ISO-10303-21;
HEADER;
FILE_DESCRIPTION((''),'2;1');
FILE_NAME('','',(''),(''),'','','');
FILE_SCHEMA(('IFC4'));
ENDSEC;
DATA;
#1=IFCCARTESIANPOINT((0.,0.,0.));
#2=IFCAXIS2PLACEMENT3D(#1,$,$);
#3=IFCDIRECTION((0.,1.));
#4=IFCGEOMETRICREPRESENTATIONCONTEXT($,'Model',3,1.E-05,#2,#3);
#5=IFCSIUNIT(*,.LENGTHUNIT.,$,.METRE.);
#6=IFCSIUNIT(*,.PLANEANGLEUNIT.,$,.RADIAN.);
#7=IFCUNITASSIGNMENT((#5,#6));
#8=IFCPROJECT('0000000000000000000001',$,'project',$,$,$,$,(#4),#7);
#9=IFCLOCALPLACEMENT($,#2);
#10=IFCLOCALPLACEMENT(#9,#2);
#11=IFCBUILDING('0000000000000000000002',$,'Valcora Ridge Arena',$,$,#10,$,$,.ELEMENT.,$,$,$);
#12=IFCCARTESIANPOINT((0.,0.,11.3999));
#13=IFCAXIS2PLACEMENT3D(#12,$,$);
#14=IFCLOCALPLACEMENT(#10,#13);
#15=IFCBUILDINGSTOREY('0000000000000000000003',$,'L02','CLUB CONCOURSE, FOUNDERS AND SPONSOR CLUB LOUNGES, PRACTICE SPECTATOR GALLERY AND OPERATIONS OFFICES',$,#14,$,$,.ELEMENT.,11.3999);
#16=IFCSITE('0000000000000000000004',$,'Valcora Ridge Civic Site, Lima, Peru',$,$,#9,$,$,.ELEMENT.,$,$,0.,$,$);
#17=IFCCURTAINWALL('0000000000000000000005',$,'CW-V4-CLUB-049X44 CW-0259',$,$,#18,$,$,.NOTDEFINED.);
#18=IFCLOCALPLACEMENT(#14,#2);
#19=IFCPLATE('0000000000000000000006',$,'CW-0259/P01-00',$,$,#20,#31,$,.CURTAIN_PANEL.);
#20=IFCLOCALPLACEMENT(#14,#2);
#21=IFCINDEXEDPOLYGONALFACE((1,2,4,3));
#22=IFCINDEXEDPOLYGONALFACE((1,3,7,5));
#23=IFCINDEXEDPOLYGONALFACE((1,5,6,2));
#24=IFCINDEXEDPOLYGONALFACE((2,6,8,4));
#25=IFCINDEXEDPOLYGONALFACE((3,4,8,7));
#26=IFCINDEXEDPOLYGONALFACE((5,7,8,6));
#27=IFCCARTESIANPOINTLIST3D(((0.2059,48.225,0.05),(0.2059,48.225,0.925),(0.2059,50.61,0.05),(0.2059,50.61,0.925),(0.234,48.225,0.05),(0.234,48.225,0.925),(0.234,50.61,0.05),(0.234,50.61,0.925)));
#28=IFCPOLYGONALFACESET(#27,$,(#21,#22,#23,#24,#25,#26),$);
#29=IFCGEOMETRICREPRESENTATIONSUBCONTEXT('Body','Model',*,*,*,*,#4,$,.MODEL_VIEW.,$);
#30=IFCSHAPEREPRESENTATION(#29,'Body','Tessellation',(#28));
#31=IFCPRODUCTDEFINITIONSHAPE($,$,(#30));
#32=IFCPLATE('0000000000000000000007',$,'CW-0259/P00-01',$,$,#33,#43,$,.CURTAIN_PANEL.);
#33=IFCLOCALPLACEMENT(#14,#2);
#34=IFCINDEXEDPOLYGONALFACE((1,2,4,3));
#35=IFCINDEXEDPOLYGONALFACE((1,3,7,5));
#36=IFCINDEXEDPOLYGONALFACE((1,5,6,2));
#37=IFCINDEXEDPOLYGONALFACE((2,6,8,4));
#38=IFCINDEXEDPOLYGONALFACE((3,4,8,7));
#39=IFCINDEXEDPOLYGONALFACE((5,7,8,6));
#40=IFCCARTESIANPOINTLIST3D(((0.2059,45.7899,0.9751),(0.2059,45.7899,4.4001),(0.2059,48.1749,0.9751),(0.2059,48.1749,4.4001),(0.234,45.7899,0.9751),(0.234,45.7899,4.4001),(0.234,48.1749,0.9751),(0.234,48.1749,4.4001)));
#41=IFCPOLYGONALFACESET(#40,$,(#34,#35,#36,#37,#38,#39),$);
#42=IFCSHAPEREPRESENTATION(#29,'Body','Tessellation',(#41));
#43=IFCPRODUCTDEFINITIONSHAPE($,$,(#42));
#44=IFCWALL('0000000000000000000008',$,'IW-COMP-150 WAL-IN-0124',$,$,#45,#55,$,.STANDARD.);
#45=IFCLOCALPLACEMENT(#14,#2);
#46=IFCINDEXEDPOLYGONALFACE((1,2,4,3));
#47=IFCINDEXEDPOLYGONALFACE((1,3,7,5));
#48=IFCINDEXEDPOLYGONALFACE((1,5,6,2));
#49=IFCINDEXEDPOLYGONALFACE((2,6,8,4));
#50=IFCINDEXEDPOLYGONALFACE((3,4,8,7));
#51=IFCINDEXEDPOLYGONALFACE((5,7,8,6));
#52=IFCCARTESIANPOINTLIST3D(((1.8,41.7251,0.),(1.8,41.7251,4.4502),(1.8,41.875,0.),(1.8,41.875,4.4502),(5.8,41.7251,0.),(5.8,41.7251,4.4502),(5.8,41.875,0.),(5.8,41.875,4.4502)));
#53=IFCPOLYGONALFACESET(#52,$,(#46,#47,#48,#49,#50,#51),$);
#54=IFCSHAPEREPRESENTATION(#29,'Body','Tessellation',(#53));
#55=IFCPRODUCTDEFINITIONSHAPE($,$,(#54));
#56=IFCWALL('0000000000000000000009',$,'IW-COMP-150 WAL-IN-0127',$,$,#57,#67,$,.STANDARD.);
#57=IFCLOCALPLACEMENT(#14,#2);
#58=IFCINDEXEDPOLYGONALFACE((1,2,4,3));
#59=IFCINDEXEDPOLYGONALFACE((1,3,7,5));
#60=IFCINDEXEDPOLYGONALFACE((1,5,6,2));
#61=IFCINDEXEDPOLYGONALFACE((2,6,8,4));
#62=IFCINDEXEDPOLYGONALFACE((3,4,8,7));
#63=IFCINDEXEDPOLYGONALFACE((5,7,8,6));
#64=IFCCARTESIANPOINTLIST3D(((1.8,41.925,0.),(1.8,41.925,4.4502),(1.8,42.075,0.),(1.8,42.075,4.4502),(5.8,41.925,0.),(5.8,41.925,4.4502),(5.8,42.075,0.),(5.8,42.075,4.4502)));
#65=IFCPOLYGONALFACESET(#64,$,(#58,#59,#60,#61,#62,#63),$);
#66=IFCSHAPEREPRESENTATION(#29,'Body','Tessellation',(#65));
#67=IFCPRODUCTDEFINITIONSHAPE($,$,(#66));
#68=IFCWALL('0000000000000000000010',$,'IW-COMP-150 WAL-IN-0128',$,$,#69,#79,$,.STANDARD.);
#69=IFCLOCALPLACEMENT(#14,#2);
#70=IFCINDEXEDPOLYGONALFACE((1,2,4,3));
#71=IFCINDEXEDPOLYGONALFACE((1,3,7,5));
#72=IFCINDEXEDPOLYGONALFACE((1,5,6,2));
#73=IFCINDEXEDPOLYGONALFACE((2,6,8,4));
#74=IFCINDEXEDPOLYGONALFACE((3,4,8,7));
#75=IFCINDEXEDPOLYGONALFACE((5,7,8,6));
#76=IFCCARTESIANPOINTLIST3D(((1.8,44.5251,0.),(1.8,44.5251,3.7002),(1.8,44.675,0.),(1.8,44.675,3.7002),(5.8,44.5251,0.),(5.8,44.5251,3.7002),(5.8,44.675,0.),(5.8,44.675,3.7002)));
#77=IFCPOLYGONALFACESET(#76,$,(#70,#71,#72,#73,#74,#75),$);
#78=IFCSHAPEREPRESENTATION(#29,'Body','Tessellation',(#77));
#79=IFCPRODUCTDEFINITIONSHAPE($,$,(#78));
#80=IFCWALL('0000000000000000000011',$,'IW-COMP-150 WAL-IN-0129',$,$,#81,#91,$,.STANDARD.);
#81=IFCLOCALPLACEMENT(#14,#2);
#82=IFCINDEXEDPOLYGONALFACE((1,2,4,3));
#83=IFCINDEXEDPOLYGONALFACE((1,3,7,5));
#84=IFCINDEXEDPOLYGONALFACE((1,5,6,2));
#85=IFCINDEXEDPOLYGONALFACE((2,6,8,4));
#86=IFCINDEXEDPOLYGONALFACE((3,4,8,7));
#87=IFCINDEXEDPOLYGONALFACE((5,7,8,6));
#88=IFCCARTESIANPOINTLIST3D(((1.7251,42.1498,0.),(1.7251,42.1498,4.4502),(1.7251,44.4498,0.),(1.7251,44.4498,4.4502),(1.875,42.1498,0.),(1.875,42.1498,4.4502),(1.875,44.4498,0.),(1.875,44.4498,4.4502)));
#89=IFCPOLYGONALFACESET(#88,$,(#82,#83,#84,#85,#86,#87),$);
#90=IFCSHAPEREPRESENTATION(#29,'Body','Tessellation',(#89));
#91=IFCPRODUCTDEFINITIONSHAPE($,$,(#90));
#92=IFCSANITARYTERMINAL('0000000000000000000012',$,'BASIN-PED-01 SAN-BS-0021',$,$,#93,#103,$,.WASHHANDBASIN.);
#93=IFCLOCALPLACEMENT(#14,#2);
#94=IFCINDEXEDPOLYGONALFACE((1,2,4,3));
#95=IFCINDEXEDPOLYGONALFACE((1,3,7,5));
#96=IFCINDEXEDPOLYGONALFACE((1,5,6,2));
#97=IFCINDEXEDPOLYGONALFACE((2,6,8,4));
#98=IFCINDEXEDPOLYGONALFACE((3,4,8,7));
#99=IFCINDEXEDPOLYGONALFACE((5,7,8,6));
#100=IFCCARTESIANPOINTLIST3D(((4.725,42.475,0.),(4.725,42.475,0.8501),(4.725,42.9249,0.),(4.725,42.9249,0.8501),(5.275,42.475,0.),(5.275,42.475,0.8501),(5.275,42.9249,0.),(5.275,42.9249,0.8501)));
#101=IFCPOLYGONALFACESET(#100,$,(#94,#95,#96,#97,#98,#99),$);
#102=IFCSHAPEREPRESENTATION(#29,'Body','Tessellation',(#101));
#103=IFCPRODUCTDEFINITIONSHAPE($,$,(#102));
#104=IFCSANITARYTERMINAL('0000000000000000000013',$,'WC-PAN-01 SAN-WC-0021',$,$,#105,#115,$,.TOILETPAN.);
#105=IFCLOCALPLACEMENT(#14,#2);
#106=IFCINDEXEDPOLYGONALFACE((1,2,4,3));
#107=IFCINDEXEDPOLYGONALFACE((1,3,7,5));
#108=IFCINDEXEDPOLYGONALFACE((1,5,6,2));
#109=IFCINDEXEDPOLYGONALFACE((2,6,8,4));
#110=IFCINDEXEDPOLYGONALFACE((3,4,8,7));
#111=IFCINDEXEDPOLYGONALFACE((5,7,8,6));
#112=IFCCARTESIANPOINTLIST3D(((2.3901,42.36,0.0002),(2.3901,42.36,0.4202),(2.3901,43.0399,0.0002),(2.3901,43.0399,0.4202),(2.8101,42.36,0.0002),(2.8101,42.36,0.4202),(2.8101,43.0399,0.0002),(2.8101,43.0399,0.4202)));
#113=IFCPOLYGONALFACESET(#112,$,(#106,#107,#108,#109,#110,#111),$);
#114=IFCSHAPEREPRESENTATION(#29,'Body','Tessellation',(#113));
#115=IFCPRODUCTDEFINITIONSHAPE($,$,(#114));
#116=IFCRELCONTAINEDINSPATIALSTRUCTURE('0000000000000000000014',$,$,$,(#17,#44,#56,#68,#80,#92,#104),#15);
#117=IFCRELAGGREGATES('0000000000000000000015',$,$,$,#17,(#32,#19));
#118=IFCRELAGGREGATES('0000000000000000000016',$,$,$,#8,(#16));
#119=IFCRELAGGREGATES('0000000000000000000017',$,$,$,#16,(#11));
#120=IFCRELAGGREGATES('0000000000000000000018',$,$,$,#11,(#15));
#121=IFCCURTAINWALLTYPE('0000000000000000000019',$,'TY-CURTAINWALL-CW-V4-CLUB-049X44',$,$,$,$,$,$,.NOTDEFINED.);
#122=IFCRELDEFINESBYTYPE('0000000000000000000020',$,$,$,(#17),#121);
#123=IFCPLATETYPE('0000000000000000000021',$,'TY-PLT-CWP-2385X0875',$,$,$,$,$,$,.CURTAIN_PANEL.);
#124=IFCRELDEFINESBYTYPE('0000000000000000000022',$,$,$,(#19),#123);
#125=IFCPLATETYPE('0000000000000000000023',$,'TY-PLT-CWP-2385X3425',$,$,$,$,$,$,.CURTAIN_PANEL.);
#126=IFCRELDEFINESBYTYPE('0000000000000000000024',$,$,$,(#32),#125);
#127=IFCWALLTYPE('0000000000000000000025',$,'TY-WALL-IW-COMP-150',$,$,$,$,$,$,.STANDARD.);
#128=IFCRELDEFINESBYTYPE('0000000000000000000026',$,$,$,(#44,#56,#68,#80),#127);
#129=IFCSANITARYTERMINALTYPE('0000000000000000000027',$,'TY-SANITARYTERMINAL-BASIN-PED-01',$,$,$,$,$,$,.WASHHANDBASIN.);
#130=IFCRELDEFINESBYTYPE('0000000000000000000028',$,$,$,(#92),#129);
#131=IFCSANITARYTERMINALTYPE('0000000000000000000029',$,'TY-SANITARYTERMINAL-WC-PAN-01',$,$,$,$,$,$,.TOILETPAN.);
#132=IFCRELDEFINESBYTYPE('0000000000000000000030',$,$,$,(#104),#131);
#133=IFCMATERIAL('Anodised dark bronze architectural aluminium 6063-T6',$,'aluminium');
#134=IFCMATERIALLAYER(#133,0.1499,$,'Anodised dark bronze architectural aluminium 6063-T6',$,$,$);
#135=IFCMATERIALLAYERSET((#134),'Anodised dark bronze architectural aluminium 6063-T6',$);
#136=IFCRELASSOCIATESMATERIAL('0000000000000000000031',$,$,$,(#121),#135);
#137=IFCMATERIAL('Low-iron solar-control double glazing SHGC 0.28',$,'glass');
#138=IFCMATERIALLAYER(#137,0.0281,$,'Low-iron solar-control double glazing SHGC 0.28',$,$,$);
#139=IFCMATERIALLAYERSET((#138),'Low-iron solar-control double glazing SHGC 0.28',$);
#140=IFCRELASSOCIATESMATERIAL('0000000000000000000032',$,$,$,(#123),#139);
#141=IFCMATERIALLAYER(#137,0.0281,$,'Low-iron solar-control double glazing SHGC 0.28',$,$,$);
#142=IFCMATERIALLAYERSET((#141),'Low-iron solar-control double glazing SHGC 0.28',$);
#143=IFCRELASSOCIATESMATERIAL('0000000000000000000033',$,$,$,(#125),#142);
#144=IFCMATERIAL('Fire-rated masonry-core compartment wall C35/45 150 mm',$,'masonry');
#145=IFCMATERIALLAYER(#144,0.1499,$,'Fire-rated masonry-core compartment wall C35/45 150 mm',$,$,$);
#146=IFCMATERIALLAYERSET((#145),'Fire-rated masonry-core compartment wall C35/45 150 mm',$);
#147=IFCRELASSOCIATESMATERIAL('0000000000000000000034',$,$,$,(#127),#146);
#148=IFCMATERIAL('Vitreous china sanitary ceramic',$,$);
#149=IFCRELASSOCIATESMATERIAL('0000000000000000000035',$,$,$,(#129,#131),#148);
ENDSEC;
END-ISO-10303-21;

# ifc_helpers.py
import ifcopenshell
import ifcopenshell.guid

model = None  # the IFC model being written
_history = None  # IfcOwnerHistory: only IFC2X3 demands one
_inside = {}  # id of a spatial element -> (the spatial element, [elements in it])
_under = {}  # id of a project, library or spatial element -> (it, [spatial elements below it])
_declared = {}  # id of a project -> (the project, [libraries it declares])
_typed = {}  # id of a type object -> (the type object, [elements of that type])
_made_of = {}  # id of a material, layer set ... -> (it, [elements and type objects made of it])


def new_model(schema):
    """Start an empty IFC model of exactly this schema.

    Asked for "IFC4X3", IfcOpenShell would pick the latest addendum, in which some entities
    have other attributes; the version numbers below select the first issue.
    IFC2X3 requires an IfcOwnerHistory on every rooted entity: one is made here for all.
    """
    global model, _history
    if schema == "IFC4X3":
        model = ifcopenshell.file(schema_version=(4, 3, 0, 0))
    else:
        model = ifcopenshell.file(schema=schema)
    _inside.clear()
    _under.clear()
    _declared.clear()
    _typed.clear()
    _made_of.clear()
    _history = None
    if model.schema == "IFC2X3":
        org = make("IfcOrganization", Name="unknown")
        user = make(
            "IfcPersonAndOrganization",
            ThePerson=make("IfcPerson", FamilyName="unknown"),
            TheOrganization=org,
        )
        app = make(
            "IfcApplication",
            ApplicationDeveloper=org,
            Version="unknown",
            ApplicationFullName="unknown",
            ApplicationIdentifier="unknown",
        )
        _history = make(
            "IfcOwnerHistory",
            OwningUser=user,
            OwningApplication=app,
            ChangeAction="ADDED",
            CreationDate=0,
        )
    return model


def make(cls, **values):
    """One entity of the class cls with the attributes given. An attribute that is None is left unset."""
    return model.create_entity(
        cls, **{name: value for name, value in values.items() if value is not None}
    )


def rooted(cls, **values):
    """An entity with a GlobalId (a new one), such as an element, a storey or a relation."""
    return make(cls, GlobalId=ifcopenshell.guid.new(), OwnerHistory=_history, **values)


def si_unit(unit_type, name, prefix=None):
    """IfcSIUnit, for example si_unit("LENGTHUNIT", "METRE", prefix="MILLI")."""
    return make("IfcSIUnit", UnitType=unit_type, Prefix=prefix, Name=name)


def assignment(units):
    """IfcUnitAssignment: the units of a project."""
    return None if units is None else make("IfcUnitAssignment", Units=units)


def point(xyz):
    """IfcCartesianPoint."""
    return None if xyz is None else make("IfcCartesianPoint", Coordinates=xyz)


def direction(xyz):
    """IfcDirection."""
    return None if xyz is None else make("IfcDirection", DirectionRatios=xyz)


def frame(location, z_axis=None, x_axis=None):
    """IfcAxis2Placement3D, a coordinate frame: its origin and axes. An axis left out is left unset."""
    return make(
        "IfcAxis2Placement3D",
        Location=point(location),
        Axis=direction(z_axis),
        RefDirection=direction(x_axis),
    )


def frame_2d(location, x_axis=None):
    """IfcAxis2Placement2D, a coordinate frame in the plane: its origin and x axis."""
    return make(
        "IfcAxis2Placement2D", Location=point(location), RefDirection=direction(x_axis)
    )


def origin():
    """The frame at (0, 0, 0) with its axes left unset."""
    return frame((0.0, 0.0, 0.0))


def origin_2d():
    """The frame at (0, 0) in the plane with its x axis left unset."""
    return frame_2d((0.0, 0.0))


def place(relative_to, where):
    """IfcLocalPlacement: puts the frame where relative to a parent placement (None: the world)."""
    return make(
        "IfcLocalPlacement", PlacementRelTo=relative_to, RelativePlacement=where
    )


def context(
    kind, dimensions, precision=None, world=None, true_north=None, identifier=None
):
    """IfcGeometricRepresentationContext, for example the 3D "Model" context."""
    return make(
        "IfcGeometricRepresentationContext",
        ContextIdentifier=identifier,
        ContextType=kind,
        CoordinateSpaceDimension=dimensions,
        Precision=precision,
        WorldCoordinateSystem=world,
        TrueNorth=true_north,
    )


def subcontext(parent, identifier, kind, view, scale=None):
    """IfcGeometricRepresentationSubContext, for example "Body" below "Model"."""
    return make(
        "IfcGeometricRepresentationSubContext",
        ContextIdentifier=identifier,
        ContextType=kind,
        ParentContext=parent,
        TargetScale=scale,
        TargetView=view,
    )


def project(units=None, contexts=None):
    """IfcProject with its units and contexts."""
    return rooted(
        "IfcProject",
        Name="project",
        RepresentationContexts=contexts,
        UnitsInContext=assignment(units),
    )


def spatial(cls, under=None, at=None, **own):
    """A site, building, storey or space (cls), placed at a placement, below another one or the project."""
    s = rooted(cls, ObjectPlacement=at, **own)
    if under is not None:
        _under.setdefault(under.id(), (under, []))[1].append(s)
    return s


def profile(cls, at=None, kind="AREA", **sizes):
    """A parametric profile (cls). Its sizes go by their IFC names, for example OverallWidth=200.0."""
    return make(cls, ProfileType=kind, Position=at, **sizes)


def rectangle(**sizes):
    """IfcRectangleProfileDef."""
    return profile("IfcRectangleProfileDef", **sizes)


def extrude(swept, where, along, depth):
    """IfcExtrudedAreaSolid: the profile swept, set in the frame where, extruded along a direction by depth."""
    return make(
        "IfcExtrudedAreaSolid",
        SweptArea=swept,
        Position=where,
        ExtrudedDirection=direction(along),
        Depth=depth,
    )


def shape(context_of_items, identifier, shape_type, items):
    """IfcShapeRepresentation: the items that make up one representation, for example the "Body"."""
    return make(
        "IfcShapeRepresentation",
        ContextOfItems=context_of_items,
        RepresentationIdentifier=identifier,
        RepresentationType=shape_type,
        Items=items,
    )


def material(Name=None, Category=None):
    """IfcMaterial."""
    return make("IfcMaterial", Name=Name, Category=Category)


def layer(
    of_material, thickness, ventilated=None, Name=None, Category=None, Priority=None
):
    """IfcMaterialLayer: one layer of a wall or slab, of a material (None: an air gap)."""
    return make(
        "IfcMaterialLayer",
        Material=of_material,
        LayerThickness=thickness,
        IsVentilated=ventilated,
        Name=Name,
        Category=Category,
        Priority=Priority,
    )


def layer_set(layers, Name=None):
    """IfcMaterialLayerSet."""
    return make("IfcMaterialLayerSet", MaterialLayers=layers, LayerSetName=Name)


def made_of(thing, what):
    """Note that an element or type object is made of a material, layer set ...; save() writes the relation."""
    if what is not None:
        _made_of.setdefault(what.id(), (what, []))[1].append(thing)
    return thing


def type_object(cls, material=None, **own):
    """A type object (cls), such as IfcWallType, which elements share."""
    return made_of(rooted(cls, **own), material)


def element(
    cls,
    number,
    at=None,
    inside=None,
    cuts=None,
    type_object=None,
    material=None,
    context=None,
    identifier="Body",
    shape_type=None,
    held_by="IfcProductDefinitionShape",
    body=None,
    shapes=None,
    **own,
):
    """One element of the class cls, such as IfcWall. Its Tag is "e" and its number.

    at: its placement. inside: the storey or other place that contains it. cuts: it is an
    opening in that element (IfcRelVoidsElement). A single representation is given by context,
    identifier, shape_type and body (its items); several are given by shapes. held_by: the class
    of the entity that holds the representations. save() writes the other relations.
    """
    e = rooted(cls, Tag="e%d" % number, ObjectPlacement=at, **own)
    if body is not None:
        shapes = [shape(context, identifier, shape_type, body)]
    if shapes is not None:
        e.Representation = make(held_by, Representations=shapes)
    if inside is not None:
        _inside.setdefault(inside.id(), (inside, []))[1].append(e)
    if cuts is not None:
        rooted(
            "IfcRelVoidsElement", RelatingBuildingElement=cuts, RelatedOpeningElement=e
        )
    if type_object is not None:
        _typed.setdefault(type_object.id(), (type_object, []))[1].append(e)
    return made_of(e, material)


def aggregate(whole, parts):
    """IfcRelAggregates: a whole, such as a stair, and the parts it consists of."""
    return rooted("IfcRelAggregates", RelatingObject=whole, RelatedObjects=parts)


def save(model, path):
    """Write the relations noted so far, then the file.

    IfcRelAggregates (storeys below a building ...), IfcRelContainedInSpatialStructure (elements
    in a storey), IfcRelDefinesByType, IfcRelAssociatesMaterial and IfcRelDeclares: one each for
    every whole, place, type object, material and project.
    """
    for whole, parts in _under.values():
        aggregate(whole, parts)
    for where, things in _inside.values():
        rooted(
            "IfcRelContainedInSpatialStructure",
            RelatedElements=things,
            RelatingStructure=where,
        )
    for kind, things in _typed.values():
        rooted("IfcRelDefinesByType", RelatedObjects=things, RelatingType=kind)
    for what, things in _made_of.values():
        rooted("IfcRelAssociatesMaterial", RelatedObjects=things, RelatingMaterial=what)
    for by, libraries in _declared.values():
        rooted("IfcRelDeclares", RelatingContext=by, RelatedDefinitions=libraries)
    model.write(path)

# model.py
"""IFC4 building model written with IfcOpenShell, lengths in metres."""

from ifc_helpers import new_model, si_unit, direction, frame, frame_2d, origin, origin_2d, place, context, subcontext, project, spatial, rectangle, extrude, material, layer, layer_set, type_object, element, aggregate, save


model = new_model("IFC4")

# Units and contexts
model_context = context("Model", 3, precision=1e-05, world=origin(), true_north=direction((0.0, 1.0)))
body_context = subcontext(model_context, "Body", "Model", "MODEL_VIEW")
ifc_project = project(units=[si_unit("LENGTHUNIT", "METRE"), si_unit("PLANEANGLEUNIT", "RADIAN")], contexts=[model_context])

# Site, building, storey
site_placement = place(None, origin())
site = spatial("IfcSite", under=ifc_project, at=site_placement, Name="Valcora Ridge Civic Site, Lima, Peru", CompositionType="ELEMENT", RefElevation=0.0)
building_placement = place(site_placement, origin())
building = spatial("IfcBuilding", under=site, at=building_placement, Name="Valcora Ridge Arena", CompositionType="ELEMENT")
storey_placement = place(building_placement, frame((0.0, 0.0, 11.3999)))
storey = spatial("IfcBuildingStorey", under=building, at=storey_placement, Name="L02", Description="CLUB CONCOURSE, FOUNDERS AND SPONSOR CLUB LOUNGES, PRACTICE SPECTATOR GALLERY AND OPERATIONS OFFICES", CompositionType="ELEMENT", Elevation=11.3999)

# Curtain wall
ifc_material_1 = material(Name="Anodised dark bronze architectural aluminium 6063-T6", Category="aluminium")
ifc_layer_1 = layer(ifc_material_1, 0.1499, Name="Anodised dark bronze architectural aluminium 6063-T6")
ifc_layer_set_1 = layer_set([ifc_layer_1], Name="Anodised dark bronze architectural aluminium 6063-T6")
curtain_wall_type_1 = type_object("IfcCurtainWallType", Name="TY-CURTAINWALL-CW-V4-CLUB-049X44", PredefinedType="NOTDEFINED", material=ifc_layer_set_1)
curtain_wall_1_placement = place(storey_placement, origin())
curtain_wall_1 = element("IfcCurtainWall", 1, at=curtain_wall_1_placement, inside=storey, type_object=curtain_wall_type_1, Name="CW-V4-CLUB-049X44 CW-0259", PredefinedType="NOTDEFINED")

# Plates
ifc_material_2 = material(Name="Low-iron solar-control double glazing SHGC 0.28", Category="glass")
ifc_layer_2 = layer(ifc_material_2, 0.0281, Name="Low-iron solar-control double glazing SHGC 0.28")
ifc_layer_set_2 = layer_set([ifc_layer_2], Name="Low-iron solar-control double glazing SHGC 0.28")
plate_type_1 = type_object("IfcPlateType", Name="TY-PLT-CWP-2385X0875", PredefinedType="CURTAIN_PANEL", material=ifc_layer_set_2)
plate_1_placement = place(storey_placement, frame((0.22, 49.4175, 0.05), z_axis=(0.0, 0.0, 1.0), x_axis=(0.0, 1.0, 0.0)))
plate_1 = element("IfcPlate", 2, at=plate_1_placement, type_object=plate_type_1, Name="CW-0259/P01-00", PredefinedType="CURTAIN_PANEL", context=body_context, shape_type="SweptSolid", body=[
    extrude(rectangle(XDim=2.385, YDim=0.0281, at=origin_2d()), origin(), (0.0, 0.0, 1.0), 0.875),
])
ifc_layer_3 = layer(ifc_material_2, 0.0281, Name="Low-iron solar-control double glazing SHGC 0.28")
ifc_layer_set_3 = layer_set([ifc_layer_3], Name="Low-iron solar-control double glazing SHGC 0.28")
plate_type_2 = type_object("IfcPlateType", Name="TY-PLT-CWP-2385X3425", PredefinedType="CURTAIN_PANEL", material=ifc_layer_set_3)
plate_2_placement = place(storey_placement, frame((0.22, 46.9824, 0.9751), z_axis=(0.0, 0.0, 1.0), x_axis=(0.0, 1.0, 0.0)))
plate_2 = element("IfcPlate", 3, at=plate_2_placement, type_object=plate_type_2, Name="CW-0259/P00-01", PredefinedType="CURTAIN_PANEL", context=body_context, shape_type="SweptSolid", body=[
    extrude(rectangle(XDim=2.385, YDim=0.0281, at=origin_2d()), origin(), (0.0, 0.0, 1.0), 3.425),
])
aggregate(curtain_wall_1, [plate_2, plate_1])

# Walls
ifc_material_3 = material(Name="Fire-rated masonry-core compartment wall C35/45 150 mm", Category="masonry")
ifc_layer_4 = layer(ifc_material_3, 0.1499, Name="Fire-rated masonry-core compartment wall C35/45 150 mm")
ifc_layer_set_4 = layer_set([ifc_layer_4], Name="Fire-rated masonry-core compartment wall C35/45 150 mm")
wall_type = type_object("IfcWallType", Name="TY-WALL-IW-COMP-150", PredefinedType="STANDARD", material=ifc_layer_set_4)
for number, where, z_axis, x_axis, name in (
    (4, (1.8, 41.8, 0.0), (0.0, 0.0, 1.0), (1.0, 0.0, 0.0), "IW-COMP-150 WAL-IN-0124"),
    (5, (1.8, 42.0, 0.0), (0.0, 0.0, 1.0), (1.0, 0.0, 0.0), "IW-COMP-150 WAL-IN-0127"),
):
    element("IfcWall", number, at=place(storey_placement, frame(where, z_axis=z_axis, x_axis=x_axis)), inside=storey, type_object=wall_type, Name=name, PredefinedType="STANDARD", context=body_context, shape_type="SweptSolid", body=[
        extrude(rectangle(XDim=4.0, YDim=0.1499, at=frame_2d((2.0, 0.0))), origin(), (0.0, 0.0, 1.0), 4.4502),
    ])
wall_1_placement = place(storey_placement, frame((1.8, 44.6001, 0.0), z_axis=(0.0, 0.0, 1.0), x_axis=(1.0, 0.0, 0.0)))
element("IfcWall", 6, at=wall_1_placement, inside=storey, type_object=wall_type, Name="IW-COMP-150 WAL-IN-0128", PredefinedType="STANDARD", context=body_context, shape_type="SweptSolid", body=[
    extrude(rectangle(XDim=4.0, YDim=0.1499, at=frame_2d((2.0, 0.0))), origin(), (0.0, 0.0, 1.0), 3.7002),
])
wall_2_placement = place(storey_placement, frame((1.8, 42.1499, 0.0), z_axis=(0.0, 0.0, 1.0), x_axis=(0.0, 1.0, 0.0)))
element("IfcWall", 7, at=wall_2_placement, inside=storey, type_object=wall_type, Name="IW-COMP-150 WAL-IN-0129", PredefinedType="STANDARD", context=body_context, shape_type="SweptSolid", body=[
    extrude(rectangle(XDim=2.3, YDim=0.1499, at=frame_2d((1.1499, 0.0))), origin(), (0.0, 0.0, 1.0), 4.4502),
])

# Sanitary terminals
ifc_material_4 = material(Name="Vitreous china sanitary ceramic")
sanitary_terminal_type_1 = type_object("IfcSanitaryTerminalType", Name="TY-SANITARYTERMINAL-BASIN-PED-01", PredefinedType="WASHHANDBASIN", material=ifc_material_4)
sanitary_terminal_1_placement = place(storey_placement, frame((5.0, 42.7, 0.0), z_axis=(0.0, 0.0, 1.0), x_axis=(1.0, 0.0, 0.0)))
element("IfcSanitaryTerminal", 8, at=sanitary_terminal_1_placement, inside=storey, type_object=sanitary_terminal_type_1, Name="BASIN-PED-01 SAN-BS-0021", PredefinedType="WASHHANDBASIN", context=body_context, shape_type="SweptSolid", body=[
    extrude(rectangle(XDim=0.55, YDim=0.45, at=origin_2d()), origin(), (0.0, 0.0, 1.0), 0.8501),
])
sanitary_terminal_type_2 = type_object("IfcSanitaryTerminalType", Name="TY-SANITARYTERMINAL-WC-PAN-01", PredefinedType="TOILETPAN", material=ifc_material_4)
sanitary_terminal_2_placement = place(storey_placement, frame((2.6001, 42.7, 0.0002), z_axis=(0.0, 0.0, 1.0), x_axis=(1.0, 0.0, 0.0)))
element("IfcSanitaryTerminal", 9, at=sanitary_terminal_2_placement, inside=storey, type_object=sanitary_terminal_type_2, Name="WC-PAN-01 SAN-WC-0021", PredefinedType="TOILETPAN", context=body_context, shape_type="SweptSolid", body=[
    extrude(rectangle(XDim=0.4199, YDim=0.6799, at=origin_2d()), origin(), (0.0, 0.0, 1.0), 0.4199),
])

save(model, "model.ifc")
